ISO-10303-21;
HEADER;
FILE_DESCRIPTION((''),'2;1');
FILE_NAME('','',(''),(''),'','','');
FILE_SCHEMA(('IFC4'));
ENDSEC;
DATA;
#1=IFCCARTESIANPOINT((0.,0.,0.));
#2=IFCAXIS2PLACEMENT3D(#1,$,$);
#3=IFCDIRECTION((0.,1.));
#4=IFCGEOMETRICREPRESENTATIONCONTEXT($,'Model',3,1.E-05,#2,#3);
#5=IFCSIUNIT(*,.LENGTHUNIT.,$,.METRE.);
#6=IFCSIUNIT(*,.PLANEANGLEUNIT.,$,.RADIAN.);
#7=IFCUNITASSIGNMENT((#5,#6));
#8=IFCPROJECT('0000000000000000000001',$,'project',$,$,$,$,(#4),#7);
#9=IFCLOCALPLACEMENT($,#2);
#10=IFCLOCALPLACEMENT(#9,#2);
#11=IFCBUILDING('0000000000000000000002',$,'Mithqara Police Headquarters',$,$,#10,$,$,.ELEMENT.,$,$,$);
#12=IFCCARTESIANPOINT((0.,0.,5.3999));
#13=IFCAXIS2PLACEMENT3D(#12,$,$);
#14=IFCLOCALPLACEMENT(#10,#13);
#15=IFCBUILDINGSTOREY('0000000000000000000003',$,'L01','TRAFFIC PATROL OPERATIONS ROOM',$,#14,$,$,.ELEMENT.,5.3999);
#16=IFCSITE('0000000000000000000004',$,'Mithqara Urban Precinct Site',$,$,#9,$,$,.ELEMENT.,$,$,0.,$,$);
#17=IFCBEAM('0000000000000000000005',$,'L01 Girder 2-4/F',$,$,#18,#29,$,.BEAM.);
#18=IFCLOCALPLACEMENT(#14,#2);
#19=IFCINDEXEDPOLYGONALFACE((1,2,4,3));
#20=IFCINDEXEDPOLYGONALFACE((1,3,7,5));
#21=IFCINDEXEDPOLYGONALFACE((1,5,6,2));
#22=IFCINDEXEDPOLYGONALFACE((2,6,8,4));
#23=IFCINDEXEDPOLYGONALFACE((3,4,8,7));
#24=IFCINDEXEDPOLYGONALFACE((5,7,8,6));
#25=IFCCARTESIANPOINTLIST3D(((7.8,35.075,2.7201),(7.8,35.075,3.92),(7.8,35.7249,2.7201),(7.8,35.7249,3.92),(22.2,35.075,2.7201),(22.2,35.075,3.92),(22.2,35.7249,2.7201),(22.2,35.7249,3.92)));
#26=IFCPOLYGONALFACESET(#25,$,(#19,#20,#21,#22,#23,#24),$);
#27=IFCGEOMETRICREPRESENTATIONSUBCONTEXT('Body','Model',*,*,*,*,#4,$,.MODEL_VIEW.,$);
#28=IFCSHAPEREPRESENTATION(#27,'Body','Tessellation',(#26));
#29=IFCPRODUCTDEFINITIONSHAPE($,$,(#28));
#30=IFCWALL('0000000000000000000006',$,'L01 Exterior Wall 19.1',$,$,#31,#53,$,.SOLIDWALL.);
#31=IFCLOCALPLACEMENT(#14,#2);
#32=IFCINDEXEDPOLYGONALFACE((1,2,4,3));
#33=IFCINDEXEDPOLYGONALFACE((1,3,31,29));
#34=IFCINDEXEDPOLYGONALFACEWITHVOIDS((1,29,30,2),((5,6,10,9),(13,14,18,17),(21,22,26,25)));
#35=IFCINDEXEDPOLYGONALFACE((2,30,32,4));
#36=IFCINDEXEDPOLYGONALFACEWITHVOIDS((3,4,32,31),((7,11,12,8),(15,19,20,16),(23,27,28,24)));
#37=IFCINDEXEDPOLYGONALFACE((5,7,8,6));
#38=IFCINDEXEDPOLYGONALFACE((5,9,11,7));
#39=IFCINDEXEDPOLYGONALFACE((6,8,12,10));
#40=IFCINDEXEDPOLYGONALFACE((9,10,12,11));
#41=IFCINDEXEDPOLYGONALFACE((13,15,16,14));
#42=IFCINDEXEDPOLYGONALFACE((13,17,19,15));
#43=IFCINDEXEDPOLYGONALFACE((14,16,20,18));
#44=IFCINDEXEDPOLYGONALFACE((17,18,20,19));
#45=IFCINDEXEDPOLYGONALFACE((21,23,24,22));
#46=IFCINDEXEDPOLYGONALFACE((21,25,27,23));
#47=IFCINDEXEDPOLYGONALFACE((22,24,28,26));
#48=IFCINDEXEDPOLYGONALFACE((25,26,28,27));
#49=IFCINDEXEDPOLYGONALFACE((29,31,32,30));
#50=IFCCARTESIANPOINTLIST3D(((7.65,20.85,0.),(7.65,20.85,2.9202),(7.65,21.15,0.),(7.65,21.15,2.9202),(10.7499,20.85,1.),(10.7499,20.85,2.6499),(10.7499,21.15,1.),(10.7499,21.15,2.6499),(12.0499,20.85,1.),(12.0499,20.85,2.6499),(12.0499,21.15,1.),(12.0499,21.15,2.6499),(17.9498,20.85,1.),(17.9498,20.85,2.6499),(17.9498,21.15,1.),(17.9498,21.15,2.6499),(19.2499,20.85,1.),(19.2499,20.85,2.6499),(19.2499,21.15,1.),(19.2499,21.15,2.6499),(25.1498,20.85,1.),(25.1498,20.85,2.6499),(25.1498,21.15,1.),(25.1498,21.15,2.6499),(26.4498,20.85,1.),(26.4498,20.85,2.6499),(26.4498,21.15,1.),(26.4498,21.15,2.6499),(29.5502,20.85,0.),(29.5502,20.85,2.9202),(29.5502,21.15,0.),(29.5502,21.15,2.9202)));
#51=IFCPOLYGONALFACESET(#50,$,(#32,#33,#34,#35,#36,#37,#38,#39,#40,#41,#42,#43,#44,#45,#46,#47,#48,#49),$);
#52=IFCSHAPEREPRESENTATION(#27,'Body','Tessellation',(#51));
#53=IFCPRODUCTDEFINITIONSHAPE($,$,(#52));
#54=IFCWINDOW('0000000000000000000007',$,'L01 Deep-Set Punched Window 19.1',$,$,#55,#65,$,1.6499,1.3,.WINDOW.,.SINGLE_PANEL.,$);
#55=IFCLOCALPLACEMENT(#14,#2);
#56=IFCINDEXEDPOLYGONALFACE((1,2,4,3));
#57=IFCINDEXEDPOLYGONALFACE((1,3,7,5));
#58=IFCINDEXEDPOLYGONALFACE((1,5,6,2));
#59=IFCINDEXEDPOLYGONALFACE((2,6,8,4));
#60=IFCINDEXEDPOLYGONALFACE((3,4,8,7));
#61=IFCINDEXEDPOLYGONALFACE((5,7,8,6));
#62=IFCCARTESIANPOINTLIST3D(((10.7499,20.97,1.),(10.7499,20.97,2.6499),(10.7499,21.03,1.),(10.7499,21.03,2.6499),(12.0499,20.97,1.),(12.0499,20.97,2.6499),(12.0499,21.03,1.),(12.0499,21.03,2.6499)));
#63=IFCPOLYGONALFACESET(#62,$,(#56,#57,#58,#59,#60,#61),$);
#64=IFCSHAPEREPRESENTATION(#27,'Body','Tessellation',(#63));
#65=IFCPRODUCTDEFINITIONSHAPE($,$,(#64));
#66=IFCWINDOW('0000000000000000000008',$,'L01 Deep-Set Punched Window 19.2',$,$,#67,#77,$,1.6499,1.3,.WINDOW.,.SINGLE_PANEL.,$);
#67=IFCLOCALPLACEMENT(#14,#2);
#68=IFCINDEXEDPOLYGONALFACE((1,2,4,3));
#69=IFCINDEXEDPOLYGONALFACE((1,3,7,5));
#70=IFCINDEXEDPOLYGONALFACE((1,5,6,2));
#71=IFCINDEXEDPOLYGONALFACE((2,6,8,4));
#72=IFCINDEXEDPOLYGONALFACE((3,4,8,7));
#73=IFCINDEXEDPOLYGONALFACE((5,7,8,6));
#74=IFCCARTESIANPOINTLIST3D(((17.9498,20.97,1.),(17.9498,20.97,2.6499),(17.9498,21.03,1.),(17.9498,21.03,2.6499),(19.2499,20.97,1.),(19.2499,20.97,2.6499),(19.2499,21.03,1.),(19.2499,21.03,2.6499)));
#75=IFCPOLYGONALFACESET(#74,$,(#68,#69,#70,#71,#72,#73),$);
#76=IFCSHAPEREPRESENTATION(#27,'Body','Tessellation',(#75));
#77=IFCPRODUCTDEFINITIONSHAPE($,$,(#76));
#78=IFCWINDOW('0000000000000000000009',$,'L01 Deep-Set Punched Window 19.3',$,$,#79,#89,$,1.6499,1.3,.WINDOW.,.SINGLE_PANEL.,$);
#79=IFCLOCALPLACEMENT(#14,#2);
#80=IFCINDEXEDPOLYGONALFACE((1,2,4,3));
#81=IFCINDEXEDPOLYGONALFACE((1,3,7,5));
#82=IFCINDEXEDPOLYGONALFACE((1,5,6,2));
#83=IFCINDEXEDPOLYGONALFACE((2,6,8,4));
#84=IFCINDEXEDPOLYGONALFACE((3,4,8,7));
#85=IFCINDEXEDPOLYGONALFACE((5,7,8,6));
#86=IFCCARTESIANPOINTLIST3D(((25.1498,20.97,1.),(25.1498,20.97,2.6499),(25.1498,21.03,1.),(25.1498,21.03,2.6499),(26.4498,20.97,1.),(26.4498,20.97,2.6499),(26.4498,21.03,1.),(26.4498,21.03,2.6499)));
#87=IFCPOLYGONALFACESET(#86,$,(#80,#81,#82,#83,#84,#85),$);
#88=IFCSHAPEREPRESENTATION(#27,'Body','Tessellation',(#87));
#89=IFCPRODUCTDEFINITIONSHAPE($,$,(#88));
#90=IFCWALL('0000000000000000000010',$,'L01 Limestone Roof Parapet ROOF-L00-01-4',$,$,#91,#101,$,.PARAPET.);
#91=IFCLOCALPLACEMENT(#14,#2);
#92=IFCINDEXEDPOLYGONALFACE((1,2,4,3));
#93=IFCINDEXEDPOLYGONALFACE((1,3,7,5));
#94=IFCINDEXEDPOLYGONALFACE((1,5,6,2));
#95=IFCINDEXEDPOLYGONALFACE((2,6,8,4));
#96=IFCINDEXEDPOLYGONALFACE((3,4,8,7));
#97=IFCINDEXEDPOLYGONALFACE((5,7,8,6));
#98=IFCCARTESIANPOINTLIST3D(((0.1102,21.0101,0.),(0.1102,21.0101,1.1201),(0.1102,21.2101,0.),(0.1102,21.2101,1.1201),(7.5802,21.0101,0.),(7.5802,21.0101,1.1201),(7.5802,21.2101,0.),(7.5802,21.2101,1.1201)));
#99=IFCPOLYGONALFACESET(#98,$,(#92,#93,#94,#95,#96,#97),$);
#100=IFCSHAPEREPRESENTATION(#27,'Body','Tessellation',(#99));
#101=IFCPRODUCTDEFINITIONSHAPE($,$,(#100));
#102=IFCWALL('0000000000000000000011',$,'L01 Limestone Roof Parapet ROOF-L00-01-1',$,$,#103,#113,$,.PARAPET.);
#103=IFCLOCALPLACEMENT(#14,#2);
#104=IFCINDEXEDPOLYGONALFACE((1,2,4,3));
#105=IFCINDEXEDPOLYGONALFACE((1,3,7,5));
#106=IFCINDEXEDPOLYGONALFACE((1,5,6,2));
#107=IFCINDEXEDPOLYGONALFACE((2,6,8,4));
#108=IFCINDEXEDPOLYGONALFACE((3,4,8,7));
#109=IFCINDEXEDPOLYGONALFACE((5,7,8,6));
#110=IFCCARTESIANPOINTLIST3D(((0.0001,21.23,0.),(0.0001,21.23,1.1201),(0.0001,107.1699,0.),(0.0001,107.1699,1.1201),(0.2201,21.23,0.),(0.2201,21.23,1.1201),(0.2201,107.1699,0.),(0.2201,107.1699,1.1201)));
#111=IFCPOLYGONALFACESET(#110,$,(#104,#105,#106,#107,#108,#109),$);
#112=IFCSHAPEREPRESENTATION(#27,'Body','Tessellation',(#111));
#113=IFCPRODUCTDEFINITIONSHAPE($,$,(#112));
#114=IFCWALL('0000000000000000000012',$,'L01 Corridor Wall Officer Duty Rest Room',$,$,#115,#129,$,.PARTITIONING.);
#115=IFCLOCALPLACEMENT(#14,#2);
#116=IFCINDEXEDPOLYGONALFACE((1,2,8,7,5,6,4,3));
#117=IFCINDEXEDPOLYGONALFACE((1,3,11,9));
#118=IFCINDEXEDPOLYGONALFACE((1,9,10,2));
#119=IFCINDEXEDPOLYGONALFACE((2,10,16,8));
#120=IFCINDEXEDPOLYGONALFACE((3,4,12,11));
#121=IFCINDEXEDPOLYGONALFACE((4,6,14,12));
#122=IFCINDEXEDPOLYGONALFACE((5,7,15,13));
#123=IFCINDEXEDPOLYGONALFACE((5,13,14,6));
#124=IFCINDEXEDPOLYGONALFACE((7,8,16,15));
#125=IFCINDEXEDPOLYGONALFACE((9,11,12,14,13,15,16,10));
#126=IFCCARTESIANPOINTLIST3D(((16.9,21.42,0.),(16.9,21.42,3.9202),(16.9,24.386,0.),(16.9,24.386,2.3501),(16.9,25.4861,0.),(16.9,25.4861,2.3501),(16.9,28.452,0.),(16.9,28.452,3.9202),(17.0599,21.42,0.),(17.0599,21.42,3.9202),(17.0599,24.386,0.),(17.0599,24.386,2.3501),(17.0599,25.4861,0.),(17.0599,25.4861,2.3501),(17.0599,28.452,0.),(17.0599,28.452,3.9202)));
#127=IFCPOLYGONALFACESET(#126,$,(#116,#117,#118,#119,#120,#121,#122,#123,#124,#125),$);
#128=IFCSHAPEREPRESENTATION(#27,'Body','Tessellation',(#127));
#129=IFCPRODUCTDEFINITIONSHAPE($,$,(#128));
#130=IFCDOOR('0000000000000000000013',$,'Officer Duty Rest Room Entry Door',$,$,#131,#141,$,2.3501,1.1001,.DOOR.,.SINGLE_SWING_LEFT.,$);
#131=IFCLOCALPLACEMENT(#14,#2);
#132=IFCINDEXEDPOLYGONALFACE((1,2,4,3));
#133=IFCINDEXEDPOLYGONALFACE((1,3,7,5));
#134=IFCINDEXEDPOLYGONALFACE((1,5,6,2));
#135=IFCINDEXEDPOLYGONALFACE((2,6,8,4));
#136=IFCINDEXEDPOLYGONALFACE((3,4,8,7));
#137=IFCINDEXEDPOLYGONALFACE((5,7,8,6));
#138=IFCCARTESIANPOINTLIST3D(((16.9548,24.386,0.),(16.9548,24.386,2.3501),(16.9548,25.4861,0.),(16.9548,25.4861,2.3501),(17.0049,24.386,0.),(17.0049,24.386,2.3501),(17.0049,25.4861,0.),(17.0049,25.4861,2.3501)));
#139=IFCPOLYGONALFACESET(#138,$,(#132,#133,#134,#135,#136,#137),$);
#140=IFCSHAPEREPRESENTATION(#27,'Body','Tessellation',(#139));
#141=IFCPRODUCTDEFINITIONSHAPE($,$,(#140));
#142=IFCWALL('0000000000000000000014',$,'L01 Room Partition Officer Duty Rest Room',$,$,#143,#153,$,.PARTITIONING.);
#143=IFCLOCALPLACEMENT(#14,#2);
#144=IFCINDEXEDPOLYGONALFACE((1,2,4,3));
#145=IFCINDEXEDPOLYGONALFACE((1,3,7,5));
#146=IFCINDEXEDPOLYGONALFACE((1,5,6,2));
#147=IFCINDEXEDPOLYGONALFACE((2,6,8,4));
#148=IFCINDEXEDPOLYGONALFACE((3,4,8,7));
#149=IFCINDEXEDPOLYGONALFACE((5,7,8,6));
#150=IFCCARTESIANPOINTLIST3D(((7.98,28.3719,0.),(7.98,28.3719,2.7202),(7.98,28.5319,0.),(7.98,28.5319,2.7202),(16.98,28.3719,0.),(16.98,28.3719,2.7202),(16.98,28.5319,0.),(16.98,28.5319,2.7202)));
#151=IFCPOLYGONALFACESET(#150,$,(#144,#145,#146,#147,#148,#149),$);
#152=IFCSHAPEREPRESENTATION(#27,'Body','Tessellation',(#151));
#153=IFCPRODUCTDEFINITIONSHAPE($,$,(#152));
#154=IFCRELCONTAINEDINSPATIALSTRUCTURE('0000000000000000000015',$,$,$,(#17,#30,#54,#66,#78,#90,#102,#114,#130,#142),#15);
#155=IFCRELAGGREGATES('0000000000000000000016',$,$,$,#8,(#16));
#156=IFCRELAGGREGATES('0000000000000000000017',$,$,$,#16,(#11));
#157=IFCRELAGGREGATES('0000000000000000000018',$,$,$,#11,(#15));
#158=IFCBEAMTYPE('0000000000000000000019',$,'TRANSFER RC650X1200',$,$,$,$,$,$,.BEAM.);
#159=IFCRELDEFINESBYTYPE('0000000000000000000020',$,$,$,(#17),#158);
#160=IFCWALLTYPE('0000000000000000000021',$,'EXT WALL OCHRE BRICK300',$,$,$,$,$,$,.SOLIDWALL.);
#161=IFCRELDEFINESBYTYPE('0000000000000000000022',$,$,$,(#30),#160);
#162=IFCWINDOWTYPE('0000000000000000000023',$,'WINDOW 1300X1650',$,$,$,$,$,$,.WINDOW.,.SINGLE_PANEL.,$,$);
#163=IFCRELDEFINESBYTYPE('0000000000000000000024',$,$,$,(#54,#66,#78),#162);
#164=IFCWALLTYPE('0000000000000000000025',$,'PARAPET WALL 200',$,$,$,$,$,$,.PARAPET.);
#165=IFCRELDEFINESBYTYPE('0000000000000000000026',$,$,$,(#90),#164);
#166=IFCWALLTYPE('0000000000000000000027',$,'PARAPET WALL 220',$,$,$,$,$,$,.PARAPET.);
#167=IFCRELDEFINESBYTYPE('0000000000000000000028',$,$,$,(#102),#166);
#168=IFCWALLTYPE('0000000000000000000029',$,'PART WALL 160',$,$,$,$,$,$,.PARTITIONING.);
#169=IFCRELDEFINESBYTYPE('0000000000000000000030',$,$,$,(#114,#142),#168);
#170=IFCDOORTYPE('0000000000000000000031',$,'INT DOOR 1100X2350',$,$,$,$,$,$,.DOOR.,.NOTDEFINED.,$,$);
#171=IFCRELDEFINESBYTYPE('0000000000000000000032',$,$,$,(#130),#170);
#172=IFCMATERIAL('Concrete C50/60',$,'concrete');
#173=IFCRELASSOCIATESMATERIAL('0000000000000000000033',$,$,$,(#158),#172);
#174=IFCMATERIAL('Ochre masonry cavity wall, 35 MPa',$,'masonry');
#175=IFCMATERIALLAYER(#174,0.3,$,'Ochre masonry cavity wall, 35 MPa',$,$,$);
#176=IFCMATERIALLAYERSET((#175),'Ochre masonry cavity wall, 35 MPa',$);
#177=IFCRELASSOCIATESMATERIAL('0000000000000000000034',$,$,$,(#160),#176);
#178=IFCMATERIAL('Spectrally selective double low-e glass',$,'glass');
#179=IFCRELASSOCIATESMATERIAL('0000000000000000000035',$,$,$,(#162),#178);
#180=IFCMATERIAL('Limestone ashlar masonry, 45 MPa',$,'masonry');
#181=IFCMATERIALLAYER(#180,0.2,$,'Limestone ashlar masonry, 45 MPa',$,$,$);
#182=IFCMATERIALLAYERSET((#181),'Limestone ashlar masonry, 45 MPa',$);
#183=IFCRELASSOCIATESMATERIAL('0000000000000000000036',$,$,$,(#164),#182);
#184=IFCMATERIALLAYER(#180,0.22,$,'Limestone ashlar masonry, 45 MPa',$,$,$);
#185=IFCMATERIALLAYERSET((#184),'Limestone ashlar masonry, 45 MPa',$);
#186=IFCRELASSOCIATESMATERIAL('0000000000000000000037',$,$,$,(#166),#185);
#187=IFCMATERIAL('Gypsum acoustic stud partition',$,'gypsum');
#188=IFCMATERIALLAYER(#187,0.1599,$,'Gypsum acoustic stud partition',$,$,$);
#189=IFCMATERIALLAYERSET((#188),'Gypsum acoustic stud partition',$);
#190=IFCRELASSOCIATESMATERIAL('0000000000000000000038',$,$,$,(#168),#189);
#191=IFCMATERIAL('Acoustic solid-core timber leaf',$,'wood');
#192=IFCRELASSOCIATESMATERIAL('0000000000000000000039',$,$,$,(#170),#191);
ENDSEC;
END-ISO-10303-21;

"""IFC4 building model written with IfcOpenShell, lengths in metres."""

from ifc_helpers import new_model, si_unit, direction, frame, frame_2d, origin, origin_2d, place, context, subcontext, project, spatial, rectangle, extrude, material, layer, layer_set, material_profile, profile_set, type_object, element, fill, save


model = new_model("IFC4")

# Units and contexts
model_context = context("Model", 3, precision=1e-05, world=origin(), true_north=direction((0.0, 1.0)))
body_context = subcontext(model_context, "Body", "Model", "MODEL_VIEW")
ifc_project = project(units=[si_unit("LENGTHUNIT", "METRE"), si_unit("PLANEANGLEUNIT", "RADIAN")], contexts=[model_context])

# Site, building, storey
site_placement = place(None, origin())
site = spatial("IfcSite", under=ifc_project, at=site_placement, Name="Mithqara Urban Precinct Site", CompositionType="ELEMENT", RefElevation=0.0)
building_placement = place(site_placement, origin())
building = spatial("IfcBuilding", under=site, at=building_placement, Name="Mithqara Police Headquarters", CompositionType="ELEMENT")
storey_placement = place(building_placement, frame((0.0, 0.0, 5.3999)))
storey = spatial("IfcBuildingStorey", under=building, at=storey_placement, Name="L01", Description="TRAFFIC PATROL OPERATIONS ROOM", CompositionType="ELEMENT", Elevation=5.3999)

# Shared definitions
ifc_material_1 = material(Name="Concrete C50/60", Category="concrete")

# Beam
ifc_material_profile_1 = material_profile(ifc_material_1, rectangle(XDim=0.6499, YDim=1.2, at=origin_2d()), Name="RC 650x1200")
ifc_profile_set_1 = profile_set([ifc_material_profile_1], Name="Concrete C50/60")
beam_type_1 = type_object("IfcBeamType", Name="TRANSFER RC650X1200", PredefinedType="BEAM", material=ifc_profile_set_1)
for number, where, z_axis, x_axis, name in (
    (1, (7.8, 35.3999, 3.3201), (1.0, 0.0, 0.0), (0.0, 1.0, 0.0), "L01 Girder 2-4/F"),
):
    element("IfcBeam", number, at=place(storey_placement, frame(where, z_axis=z_axis, x_axis=x_axis)), inside=storey, type_object=beam_type_1, Name=name, PredefinedType="BEAM", context=body_context, shape_type="SweptSolid", body=[
        extrude(rectangle(XDim=0.6499, YDim=1.2, at=origin_2d()), origin(), (0.0, 0.0, 1.0), 14.3999),
    ])

# Wall, openings, windows
ifc_material_2 = material(Name="Ochre masonry cavity wall, 35 MPa", Category="masonry")
ifc_layer_1 = layer(ifc_material_2, 0.3, Name="Ochre masonry cavity wall, 35 MPa")
ifc_layer_set_1 = layer_set([ifc_layer_1], Name="Ochre masonry cavity wall, 35 MPa")
wall_type_1 = type_object("IfcWallType", Name="EXT WALL OCHRE BRICK300", PredefinedType="SOLIDWALL", material=ifc_layer_set_1)
wall_1_placement = place(storey_placement, frame((7.6499, 21.0, 0.0), z_axis=(0.0, 0.0, 1.0), x_axis=(1.0, 0.0, 0.0)))
wall_1 = element("IfcWall", 2, at=wall_1_placement, inside=storey, type_object=wall_type_1, Name="L01 Exterior Wall 19.1", PredefinedType="SOLIDWALL", context=body_context, shape_type="SweptSolid", body=[
    extrude(rectangle(XDim=21.9001, YDim=0.3, at=frame_2d((10.9502, 0.0))), origin(), (0.0, 0.0, 1.0), 2.9202),
])
opening_1_placement = place(wall_1_placement, frame((3.1001, 0.0, 1.0)))
opening_1 = element("IfcOpeningElement", 3, at=opening_1_placement, cuts=wall_1, PredefinedType="OPENING", context=body_context, shape_type="SweptSolid", body=[
    extrude(rectangle(XDim=1.3, YDim=1.6499, at=frame_2d((0.6499, 0.825))), frame((0.0, 0.1602, 0.0), z_axis=(0.0, -1.0, 0.0), x_axis=(1.0, 0.0, 0.0)), (0.0, 0.0, 1.0), 0.3201),
])
opening_2_placement = place(wall_1_placement, frame((10.3, 0.0, 1.0)))
opening_2 = element("IfcOpeningElement", 4, at=opening_2_placement, cuts=wall_1, PredefinedType="OPENING", context=body_context, shape_type="SweptSolid", body=[
    extrude(rectangle(XDim=1.3, YDim=1.6499, at=frame_2d((0.6499, 0.825))), frame((0.0, 0.1602, 0.0), z_axis=(0.0, -1.0, 0.0), x_axis=(1.0, 0.0, 0.0)), (0.0, 0.0, 1.0), 0.3201),
])
opening_3_placement = place(wall_1_placement, frame((17.5, 0.0, 1.0)))
opening_3 = element("IfcOpeningElement", 5, at=opening_3_placement, cuts=wall_1, PredefinedType="OPENING", context=body_context, shape_type="SweptSolid", body=[
    extrude(rectangle(XDim=1.3, YDim=1.6499, at=frame_2d((0.6499, 0.825))), frame((0.0, 0.1602, 0.0), z_axis=(0.0, -1.0, 0.0), x_axis=(1.0, 0.0, 0.0)), (0.0, 0.0, 1.0), 0.3201),
])
ifc_material_3 = material(Name="Spectrally selective double low-e glass", Category="glass")
window_type = type_object("IfcWindowType", Name="WINDOW 1300X1650", PartitioningType="SINGLE_PANEL", PredefinedType="WINDOW", material=ifc_material_3)
window_1_placement = place(opening_1_placement, origin())
window_1 = element("IfcWindow", 6, at=window_1_placement, inside=storey, type_object=window_type, Name="L01 Deep-Set Punched Window 19.1", OverallHeight=1.6499, OverallWidth=1.3, PartitioningType="SINGLE_PANEL", PredefinedType="WINDOW", context=body_context, shape_type="SweptSolid", body=[
    extrude(rectangle(XDim=1.3, YDim=1.6499, at=frame_2d((0.6499, 0.825))), frame((0.0, 0.03, 0.0), z_axis=(0.0, -1.0, 0.0), x_axis=(1.0, 0.0, 0.0)), (0.0, 0.0, 1.0), 0.0601),
])
fill(opening_1, window_1)
window_2_placement = place(opening_2_placement, origin())
window_2 = element("IfcWindow", 7, at=window_2_placement, inside=storey, type_object=window_type, Name="L01 Deep-Set Punched Window 19.2", OverallHeight=1.6499, OverallWidth=1.3, PartitioningType="SINGLE_PANEL", PredefinedType="WINDOW", context=body_context, shape_type="SweptSolid", body=[
    extrude(rectangle(XDim=1.3, YDim=1.6499, at=frame_2d((0.6499, 0.825))), frame((0.0, 0.03, 0.0), z_axis=(0.0, -1.0, 0.0), x_axis=(1.0, 0.0, 0.0)), (0.0, 0.0, 1.0), 0.0601),
])
fill(opening_2, window_2)
window_3_placement = place(opening_3_placement, origin())
window_3 = element("IfcWindow", 8, at=window_3_placement, inside=storey, type_object=window_type, Name="L01 Deep-Set Punched Window 19.3", OverallHeight=1.6499, OverallWidth=1.3, PartitioningType="SINGLE_PANEL", PredefinedType="WINDOW", context=body_context, shape_type="SweptSolid", body=[
    extrude(rectangle(XDim=1.3, YDim=1.6499, at=frame_2d((0.6499, 0.825))), frame((0.0, 0.03, 0.0), z_axis=(0.0, -1.0, 0.0), x_axis=(1.0, 0.0, 0.0)), (0.0, 0.0, 1.0), 0.0601),
])
fill(opening_3, window_3)

# Walls
ifc_material_4 = material(Name="Limestone ashlar masonry, 45 MPa", Category="masonry")
ifc_layer_2 = layer(ifc_material_4, 0.2, Name="Limestone ashlar masonry, 45 MPa")
ifc_layer_set_2 = layer_set([ifc_layer_2], Name="Limestone ashlar masonry, 45 MPa")
wall_type_2 = type_object("IfcWallType", Name="PARAPET WALL 200", PredefinedType="PARAPET", material=ifc_layer_set_2)
wall_2_placement = place(storey_placement, frame((7.5801, 21.1101, 0.0), z_axis=(0.0, 0.0, 1.0), x_axis=(-1.0, 0.0, 0.0)))
element("IfcWall", 9, at=wall_2_placement, inside=storey, type_object=wall_type_2, Name="L01 Limestone Roof Parapet ROOF-L00-01-4", PredefinedType="PARAPET", context=body_context, shape_type="SweptSolid", body=[
    extrude(rectangle(XDim=7.47, YDim=0.2, at=frame_2d((3.7349, 0.0))), origin(), (0.0, 0.0, 1.0), 1.1201),
])
ifc_layer_3 = layer(ifc_material_4, 0.22, Name="Limestone ashlar masonry, 45 MPa")
ifc_layer_set_3 = layer_set([ifc_layer_3], Name="Limestone ashlar masonry, 45 MPa")
wall_type_3 = type_object("IfcWallType", Name="PARAPET WALL 220", PredefinedType="PARAPET", material=ifc_layer_set_3)
wall_3_placement = place(storey_placement, frame((0.1101, 21.23, 0.0), z_axis=(0.0, 0.0, 1.0), x_axis=(0.0, 1.0, 0.0)))
element("IfcWall", 10, at=wall_3_placement, inside=storey, type_object=wall_type_3, Name="L01 Limestone Roof Parapet ROOF-L00-01-1", PredefinedType="PARAPET", context=body_context, shape_type="SweptSolid", body=[
    extrude(rectangle(XDim=85.9399, YDim=0.22, at=frame_2d((42.97, 0.0))), origin(), (0.0, 0.0, 1.0), 1.1201),
])

# Wall, opening, door
ifc_material_5 = material(Name="Gypsum acoustic stud partition", Category="gypsum")
ifc_layer_4 = layer(ifc_material_5, 0.1599, Name="Gypsum acoustic stud partition")
ifc_layer_set_4 = layer_set([ifc_layer_4], Name="Gypsum acoustic stud partition")
wall_type_4 = type_object("IfcWallType", Name="PART WALL 160", PredefinedType="PARTITIONING", material=ifc_layer_set_4)
wall_4_placement = place(storey_placement, frame((16.98, 21.4199, 0.0), z_axis=(0.0, 0.0, 1.0), x_axis=(0.0, 1.0, 0.0)))
wall_4 = element("IfcWall", 11, at=wall_4_placement, inside=storey, type_object=wall_type_4, Name="L01 Corridor Wall Officer Duty Rest Room", PredefinedType="PARTITIONING", context=body_context, shape_type="SweptSolid", body=[
    extrude(rectangle(XDim=7.032, YDim=0.1599, at=frame_2d((3.5161, 0.0))), origin(), (0.0, 0.0, 1.0), 3.9202),
])
opening_4_placement = place(wall_4_placement, frame((2.9661, 0.0, 0.0)))
opening_4 = element("IfcOpeningElement", 12, at=opening_4_placement, cuts=wall_4, PredefinedType="OPENING", context=body_context, shape_type="SweptSolid", body=[
    extrude(rectangle(XDim=1.1001, YDim=2.3501, at=frame_2d((0.55, 1.175))), frame((0.0, 0.0898, 0.0), z_axis=(0.0, -1.0, 0.0), x_axis=(1.0, 0.0, 0.0)), (0.0, 0.0, 1.0), 0.1799),
])
ifc_material_6 = material(Name="Acoustic solid-core timber leaf", Category="wood")
door_type_1 = type_object("IfcDoorType", Name="INT DOOR 1100X2350", OperationType="NOTDEFINED", PredefinedType="DOOR", material=ifc_material_6)
door_1_placement = place(opening_4_placement, frame((1.1001, 0.0, 0.0), z_axis=(0.0, 0.0, 1.0), x_axis=(-1.0, 0.0, 0.0)))
door_1 = element("IfcDoor", 13, at=door_1_placement, inside=storey, type_object=door_type_1, Name="Officer Duty Rest Room Entry Door", OperationType="SINGLE_SWING_LEFT", OverallHeight=2.3501, OverallWidth=1.1001, PredefinedType="DOOR", context=body_context, shape_type="SweptSolid", body=[
    extrude(rectangle(XDim=1.1001, YDim=2.3501, at=frame_2d((0.55, 1.175))), frame((0.0, 0.0249, 0.0), z_axis=(0.0, -1.0, 0.0), x_axis=(1.0, 0.0, 0.0)), (0.0, 0.0, 1.0), 0.05),
])
fill(opening_4, door_1)

# Wall
wall_5_placement = place(storey_placement, frame((7.98, 28.4519, 0.0), z_axis=(0.0, 0.0, 1.0), x_axis=(1.0, 0.0, 0.0)))
element("IfcWall", 14, at=wall_5_placement, inside=storey, type_object=wall_type_4, Name="L01 Room Partition Officer Duty Rest Room", PredefinedType="PARTITIONING", context=body_context, shape_type="SweptSolid", body=[
    extrude(rectangle(XDim=9.0, YDim=0.1599, at=frame_2d((4.5, 0.0))), origin(), (0.0, 0.0, 1.0), 2.7202),
])

save(model, "model.ifc")
